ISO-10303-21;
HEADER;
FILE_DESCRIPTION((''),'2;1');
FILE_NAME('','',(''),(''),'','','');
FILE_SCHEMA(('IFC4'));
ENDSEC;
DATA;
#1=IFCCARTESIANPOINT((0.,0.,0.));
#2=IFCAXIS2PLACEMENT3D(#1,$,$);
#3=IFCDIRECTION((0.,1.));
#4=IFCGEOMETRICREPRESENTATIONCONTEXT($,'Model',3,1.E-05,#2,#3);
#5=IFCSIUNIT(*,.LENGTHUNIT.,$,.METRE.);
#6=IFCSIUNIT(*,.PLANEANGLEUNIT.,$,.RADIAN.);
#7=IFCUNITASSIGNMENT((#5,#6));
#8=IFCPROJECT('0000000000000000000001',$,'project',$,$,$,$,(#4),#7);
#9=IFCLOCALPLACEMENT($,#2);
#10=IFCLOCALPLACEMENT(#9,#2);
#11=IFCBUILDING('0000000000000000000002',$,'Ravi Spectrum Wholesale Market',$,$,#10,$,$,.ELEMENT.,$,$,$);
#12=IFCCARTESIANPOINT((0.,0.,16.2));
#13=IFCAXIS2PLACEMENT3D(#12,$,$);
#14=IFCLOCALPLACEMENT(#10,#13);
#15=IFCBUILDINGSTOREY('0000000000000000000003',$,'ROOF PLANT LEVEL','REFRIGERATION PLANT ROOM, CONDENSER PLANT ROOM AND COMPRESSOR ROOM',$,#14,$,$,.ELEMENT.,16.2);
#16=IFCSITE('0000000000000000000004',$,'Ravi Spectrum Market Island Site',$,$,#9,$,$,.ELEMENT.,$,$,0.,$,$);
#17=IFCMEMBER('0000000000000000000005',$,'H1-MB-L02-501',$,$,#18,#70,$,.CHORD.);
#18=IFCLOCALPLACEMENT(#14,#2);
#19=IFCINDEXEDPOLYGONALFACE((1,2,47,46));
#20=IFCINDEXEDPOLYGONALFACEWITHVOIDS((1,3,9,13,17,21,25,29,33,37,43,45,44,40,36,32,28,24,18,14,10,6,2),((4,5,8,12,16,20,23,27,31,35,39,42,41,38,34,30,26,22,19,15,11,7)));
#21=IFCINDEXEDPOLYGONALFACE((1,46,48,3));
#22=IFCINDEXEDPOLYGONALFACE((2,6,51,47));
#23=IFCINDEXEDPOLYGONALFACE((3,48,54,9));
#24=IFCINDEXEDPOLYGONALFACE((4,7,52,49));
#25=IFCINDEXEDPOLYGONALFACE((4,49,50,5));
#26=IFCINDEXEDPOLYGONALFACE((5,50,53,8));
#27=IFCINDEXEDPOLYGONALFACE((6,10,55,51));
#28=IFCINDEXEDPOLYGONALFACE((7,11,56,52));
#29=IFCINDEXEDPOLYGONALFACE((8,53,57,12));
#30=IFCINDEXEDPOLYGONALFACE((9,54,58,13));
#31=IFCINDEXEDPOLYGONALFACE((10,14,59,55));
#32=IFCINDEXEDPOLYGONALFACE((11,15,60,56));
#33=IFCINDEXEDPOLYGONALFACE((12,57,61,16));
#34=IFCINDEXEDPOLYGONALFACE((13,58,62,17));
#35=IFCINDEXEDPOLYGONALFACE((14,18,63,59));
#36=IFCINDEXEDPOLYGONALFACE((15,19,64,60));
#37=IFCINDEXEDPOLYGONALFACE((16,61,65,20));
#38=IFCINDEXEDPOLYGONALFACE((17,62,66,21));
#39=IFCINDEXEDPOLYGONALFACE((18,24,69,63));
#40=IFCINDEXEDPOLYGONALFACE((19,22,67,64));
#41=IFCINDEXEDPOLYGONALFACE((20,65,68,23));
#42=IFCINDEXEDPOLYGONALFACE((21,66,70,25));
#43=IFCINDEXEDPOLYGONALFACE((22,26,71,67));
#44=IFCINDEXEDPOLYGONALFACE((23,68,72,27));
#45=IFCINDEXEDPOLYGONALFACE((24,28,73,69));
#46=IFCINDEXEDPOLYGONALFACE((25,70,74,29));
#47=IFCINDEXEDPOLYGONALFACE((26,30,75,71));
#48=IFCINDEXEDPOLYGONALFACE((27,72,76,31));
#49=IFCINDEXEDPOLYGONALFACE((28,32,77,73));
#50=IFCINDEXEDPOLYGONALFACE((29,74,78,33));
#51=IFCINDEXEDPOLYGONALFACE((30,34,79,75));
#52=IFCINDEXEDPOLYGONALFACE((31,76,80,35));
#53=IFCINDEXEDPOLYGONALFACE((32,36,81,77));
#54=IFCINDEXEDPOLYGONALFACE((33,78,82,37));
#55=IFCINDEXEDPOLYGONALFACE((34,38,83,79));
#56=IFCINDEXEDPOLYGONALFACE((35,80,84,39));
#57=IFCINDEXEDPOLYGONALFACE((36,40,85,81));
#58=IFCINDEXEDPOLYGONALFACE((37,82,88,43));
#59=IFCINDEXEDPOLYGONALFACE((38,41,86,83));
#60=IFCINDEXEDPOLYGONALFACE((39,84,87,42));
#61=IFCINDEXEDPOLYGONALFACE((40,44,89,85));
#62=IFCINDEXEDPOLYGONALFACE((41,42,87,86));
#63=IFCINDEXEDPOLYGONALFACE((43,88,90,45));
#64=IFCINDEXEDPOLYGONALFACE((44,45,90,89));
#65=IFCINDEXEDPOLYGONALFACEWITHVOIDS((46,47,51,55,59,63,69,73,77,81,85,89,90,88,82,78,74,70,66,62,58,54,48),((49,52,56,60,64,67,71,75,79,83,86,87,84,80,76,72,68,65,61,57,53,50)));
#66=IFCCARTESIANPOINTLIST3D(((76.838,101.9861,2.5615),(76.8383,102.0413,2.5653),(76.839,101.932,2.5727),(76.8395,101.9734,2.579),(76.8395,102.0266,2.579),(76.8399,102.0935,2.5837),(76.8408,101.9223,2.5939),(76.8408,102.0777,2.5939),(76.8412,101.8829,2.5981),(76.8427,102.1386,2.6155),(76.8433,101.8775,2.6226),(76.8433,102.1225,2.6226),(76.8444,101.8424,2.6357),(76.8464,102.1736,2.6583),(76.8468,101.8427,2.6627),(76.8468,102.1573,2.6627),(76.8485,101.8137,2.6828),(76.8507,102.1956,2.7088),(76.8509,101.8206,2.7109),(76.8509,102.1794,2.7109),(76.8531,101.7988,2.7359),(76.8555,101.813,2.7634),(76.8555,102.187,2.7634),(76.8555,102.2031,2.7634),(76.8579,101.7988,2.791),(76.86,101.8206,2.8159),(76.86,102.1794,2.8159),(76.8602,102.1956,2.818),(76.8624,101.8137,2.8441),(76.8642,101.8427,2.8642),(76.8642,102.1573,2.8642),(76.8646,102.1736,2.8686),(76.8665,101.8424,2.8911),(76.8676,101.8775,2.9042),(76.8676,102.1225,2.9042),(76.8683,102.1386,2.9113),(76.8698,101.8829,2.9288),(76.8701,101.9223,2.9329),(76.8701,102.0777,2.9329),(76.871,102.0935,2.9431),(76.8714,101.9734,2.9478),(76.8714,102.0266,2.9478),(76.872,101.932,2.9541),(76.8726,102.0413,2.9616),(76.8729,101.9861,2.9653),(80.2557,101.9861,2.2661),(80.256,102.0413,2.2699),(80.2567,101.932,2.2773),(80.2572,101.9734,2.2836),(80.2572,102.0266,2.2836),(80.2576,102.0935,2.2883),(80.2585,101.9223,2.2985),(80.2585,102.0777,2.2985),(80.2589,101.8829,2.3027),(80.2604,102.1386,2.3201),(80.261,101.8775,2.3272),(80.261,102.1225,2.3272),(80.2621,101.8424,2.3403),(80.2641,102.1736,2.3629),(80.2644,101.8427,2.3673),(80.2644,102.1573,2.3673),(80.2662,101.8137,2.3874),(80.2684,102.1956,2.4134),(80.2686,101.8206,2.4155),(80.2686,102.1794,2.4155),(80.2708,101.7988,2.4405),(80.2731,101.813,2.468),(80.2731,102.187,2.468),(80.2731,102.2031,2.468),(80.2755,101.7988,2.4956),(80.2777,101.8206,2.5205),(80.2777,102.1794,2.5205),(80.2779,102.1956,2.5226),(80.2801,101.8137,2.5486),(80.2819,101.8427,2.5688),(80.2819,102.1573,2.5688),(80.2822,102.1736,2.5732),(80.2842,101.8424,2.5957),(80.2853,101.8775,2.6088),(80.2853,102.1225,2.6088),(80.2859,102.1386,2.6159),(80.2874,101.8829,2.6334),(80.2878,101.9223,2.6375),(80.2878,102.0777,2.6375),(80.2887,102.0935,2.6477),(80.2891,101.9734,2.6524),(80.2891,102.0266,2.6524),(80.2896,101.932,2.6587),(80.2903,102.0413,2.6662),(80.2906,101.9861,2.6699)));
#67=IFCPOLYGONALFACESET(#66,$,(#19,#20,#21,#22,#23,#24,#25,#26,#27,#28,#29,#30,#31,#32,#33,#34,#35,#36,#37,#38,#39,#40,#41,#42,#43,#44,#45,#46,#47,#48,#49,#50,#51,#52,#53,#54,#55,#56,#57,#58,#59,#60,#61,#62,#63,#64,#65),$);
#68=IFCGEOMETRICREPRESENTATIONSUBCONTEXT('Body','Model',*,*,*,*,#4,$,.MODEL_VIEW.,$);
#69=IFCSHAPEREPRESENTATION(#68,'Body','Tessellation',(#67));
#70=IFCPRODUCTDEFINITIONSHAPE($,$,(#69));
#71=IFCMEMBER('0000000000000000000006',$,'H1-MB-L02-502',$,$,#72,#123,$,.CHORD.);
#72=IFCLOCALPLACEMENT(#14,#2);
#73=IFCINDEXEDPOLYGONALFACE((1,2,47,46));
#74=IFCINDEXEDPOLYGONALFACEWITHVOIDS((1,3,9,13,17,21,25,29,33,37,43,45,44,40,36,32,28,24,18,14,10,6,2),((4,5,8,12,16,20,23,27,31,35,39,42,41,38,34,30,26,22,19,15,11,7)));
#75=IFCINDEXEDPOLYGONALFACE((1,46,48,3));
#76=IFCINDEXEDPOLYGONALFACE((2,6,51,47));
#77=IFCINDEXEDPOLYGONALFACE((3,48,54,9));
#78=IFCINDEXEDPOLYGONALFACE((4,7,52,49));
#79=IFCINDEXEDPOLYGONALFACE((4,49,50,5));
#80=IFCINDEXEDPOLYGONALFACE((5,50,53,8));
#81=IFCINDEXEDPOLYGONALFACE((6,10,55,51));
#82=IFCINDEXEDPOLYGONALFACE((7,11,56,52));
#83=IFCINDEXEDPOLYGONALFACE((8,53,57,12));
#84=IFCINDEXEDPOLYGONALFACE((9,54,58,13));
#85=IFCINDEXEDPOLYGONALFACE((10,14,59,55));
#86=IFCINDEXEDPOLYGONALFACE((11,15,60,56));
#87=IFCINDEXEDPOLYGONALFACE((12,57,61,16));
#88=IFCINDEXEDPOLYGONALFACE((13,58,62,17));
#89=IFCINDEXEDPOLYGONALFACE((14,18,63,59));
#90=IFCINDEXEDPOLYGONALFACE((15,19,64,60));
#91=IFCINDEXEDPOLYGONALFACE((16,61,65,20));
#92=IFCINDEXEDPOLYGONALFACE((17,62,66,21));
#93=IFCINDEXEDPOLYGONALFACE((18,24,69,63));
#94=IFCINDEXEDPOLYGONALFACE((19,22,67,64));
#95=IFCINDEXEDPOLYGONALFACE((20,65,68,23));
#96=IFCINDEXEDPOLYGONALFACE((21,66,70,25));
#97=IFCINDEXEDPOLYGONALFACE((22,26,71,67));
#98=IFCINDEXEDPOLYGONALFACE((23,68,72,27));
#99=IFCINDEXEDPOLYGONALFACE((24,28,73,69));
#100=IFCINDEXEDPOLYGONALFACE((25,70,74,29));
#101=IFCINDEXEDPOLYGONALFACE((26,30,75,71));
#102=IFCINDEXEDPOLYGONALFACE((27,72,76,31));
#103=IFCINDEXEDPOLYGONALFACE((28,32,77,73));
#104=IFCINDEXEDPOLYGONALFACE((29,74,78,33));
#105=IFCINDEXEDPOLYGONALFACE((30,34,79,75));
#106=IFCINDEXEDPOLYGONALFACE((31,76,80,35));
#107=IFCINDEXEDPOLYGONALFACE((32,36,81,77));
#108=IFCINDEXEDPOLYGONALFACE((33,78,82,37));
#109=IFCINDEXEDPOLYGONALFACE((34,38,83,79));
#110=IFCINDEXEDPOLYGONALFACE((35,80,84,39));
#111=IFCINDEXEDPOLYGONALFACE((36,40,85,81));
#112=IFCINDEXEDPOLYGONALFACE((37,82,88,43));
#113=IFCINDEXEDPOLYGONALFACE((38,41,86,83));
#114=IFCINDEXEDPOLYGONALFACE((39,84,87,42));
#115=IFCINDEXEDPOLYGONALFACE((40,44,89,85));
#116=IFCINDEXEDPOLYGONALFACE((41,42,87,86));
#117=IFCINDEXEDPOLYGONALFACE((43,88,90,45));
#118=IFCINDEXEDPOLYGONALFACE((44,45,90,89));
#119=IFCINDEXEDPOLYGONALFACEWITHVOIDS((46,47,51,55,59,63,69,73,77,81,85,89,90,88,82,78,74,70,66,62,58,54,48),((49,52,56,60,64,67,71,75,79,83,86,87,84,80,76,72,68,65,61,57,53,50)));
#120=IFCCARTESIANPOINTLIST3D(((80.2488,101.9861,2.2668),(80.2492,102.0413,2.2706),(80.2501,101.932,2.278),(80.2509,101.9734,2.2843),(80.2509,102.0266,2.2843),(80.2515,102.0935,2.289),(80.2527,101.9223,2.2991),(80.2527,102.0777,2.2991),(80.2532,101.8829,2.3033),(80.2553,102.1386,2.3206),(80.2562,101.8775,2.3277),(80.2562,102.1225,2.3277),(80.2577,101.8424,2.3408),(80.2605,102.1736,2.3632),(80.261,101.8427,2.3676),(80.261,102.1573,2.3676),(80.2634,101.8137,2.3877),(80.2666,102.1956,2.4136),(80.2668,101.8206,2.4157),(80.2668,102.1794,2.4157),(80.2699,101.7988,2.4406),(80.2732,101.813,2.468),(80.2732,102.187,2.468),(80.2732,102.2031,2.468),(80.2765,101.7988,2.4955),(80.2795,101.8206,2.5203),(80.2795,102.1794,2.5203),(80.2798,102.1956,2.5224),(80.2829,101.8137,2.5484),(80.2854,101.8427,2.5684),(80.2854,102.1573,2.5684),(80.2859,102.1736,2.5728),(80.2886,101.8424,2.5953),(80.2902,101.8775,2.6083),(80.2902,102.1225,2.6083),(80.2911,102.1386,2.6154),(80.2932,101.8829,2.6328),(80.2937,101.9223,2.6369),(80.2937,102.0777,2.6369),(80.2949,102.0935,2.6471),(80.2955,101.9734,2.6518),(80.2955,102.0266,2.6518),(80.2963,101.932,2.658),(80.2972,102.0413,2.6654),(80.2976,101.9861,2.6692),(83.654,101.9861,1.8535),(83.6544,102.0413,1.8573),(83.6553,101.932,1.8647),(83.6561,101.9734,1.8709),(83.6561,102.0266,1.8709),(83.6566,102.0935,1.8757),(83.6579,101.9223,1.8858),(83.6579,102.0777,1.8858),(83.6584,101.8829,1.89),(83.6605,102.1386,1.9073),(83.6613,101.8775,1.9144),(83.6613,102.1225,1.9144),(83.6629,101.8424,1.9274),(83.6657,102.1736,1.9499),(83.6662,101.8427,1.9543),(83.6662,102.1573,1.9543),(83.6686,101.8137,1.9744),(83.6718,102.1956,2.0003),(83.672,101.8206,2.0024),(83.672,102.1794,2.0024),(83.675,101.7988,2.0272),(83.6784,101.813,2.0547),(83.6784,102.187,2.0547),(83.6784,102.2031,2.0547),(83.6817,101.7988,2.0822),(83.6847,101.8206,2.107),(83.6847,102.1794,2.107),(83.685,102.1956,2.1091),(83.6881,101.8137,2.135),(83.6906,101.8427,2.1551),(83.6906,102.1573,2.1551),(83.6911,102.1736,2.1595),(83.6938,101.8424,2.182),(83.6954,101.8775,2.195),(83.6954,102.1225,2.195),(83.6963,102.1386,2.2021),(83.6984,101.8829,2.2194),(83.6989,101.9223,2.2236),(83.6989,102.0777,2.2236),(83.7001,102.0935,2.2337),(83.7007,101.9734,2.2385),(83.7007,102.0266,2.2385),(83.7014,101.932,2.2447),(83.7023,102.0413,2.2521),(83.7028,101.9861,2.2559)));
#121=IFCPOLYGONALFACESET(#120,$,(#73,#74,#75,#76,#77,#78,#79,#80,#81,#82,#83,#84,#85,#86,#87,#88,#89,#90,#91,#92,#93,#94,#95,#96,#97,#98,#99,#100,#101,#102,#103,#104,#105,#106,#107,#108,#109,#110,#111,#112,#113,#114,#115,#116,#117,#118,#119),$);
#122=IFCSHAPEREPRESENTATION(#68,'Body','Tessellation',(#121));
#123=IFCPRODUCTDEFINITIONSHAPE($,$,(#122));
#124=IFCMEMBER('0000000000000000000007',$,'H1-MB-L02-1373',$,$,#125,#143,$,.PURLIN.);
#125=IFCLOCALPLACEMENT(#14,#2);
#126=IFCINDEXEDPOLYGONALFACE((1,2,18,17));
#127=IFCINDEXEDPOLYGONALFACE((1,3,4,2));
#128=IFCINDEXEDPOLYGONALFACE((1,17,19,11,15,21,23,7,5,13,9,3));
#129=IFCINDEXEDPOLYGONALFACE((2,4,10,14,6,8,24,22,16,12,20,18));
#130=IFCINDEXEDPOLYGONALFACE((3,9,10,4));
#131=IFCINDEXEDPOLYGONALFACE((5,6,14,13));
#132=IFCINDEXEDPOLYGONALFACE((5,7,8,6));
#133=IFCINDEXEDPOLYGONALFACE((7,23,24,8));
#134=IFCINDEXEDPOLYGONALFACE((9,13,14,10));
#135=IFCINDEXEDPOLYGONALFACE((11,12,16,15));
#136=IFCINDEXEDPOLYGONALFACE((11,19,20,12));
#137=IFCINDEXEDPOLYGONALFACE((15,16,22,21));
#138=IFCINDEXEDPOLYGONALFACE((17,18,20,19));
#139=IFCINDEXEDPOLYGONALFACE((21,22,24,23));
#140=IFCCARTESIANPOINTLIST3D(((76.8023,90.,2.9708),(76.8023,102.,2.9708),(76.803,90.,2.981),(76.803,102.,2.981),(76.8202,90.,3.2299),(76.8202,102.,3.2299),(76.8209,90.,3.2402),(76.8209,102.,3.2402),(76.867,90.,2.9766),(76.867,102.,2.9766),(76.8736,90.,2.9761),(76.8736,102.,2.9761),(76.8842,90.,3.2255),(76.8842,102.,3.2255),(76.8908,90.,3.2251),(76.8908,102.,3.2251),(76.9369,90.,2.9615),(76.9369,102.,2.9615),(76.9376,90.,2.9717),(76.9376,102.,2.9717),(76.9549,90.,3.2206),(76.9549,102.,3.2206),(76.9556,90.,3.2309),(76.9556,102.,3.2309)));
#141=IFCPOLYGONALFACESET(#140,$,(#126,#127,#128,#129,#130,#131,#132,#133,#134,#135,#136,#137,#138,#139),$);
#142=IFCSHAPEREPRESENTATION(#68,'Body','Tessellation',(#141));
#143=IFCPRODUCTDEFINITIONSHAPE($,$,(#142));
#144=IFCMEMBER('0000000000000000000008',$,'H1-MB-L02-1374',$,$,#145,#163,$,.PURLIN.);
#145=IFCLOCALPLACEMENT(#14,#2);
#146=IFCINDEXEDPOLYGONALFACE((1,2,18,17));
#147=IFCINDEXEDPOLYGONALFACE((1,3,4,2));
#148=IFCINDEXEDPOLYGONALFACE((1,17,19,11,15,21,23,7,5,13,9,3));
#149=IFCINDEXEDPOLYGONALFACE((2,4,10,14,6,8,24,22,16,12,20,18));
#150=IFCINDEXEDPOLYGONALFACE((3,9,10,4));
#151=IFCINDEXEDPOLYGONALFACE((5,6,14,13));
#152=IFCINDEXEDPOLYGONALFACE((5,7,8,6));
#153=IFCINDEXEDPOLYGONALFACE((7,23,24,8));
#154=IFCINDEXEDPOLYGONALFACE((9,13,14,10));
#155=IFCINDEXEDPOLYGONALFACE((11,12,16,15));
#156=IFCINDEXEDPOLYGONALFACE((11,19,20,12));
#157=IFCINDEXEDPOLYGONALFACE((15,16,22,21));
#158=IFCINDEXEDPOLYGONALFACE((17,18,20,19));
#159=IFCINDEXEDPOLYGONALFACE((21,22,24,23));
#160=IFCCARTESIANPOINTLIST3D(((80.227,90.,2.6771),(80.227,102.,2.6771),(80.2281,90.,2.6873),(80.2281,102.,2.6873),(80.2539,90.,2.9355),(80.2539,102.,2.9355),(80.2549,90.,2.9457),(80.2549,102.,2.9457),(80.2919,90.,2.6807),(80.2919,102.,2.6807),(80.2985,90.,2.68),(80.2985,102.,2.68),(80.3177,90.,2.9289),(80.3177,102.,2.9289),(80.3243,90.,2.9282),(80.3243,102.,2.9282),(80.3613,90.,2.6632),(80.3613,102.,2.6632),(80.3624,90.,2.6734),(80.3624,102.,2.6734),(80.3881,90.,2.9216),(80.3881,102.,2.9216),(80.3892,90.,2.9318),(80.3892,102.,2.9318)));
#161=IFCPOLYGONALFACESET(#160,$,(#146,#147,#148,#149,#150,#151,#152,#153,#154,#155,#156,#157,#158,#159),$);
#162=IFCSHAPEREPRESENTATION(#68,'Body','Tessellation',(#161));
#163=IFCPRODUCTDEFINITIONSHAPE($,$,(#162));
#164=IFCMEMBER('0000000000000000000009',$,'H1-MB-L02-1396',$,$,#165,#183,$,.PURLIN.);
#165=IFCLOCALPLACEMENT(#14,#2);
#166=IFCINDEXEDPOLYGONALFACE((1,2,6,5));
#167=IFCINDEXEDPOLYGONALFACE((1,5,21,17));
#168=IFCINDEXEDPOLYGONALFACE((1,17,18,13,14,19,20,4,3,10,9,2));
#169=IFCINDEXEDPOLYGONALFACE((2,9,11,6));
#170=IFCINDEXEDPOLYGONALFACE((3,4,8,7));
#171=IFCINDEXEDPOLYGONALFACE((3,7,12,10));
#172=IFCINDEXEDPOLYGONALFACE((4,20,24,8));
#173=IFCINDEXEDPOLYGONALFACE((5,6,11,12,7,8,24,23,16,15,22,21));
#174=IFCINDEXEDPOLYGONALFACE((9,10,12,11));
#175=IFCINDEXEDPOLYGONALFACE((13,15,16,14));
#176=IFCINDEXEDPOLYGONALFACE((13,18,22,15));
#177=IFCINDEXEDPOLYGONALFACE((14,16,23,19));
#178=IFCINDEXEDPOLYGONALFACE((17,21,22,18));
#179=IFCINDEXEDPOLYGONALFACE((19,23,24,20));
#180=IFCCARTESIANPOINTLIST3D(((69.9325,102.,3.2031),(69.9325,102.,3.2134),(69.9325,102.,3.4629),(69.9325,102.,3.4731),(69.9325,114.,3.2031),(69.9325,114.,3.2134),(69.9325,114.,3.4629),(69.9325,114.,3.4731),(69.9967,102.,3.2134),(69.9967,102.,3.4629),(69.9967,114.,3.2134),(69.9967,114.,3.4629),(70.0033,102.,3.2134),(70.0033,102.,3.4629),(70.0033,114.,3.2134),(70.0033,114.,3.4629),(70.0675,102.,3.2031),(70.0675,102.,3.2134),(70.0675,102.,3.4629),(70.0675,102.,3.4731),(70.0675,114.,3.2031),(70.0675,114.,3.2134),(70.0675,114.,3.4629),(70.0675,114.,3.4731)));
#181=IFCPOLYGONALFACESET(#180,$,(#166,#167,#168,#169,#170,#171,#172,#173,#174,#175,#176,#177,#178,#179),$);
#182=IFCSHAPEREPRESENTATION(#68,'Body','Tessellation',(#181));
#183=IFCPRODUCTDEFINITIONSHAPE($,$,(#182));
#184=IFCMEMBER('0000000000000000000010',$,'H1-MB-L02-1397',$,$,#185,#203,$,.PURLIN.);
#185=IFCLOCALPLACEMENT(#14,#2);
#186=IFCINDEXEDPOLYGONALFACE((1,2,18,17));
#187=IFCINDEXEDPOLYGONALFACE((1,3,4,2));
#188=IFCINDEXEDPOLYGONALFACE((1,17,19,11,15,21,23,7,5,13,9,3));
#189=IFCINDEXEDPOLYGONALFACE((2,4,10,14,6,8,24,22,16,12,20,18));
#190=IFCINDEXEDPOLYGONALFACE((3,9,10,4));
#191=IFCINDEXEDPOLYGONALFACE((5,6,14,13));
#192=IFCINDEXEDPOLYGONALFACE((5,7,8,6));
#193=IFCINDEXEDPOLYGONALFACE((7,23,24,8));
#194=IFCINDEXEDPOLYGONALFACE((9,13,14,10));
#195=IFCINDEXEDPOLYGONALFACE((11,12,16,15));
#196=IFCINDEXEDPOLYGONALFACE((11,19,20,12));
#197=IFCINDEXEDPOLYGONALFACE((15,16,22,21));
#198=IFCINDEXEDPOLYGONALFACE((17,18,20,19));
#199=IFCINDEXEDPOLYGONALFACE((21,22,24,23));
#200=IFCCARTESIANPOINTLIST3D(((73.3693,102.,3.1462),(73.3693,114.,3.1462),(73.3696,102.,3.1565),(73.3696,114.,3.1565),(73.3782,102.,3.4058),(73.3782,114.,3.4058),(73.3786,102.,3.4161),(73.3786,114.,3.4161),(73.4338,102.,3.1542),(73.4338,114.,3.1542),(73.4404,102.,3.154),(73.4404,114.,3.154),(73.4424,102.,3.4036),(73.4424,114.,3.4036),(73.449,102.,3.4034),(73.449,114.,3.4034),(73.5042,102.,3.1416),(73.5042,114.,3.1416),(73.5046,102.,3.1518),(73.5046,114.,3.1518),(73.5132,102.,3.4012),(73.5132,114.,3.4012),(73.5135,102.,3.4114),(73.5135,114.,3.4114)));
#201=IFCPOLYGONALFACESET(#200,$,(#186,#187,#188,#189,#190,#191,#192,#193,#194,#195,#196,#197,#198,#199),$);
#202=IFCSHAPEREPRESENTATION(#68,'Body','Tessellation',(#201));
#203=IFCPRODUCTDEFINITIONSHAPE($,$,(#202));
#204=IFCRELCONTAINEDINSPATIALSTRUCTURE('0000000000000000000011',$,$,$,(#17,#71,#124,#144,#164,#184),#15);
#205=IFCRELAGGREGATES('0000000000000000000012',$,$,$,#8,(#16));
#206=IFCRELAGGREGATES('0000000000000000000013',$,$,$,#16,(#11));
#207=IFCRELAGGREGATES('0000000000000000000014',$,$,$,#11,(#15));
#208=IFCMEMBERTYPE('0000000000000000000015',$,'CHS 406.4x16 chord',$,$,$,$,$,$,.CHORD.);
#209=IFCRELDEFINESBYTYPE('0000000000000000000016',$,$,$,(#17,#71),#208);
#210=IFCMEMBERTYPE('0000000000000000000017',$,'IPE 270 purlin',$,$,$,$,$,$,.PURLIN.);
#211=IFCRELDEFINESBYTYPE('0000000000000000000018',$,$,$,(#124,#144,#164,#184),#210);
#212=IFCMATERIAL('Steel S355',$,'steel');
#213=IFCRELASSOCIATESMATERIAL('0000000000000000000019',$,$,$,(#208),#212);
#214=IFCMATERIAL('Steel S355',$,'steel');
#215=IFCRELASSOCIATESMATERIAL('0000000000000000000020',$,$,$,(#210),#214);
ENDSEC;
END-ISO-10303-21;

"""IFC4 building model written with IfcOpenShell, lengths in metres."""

from ifc_helpers import new_model, si_unit, direction, frame, origin, origin_2d, place, context, subcontext, project, spatial, hollow_circle, i_section, extrude, material, material_profile, profile_set, type_object, element, save


model = new_model("IFC4")

# Units and contexts
model_context = context("Model", 3, precision=1e-05, world=origin(), true_north=direction((0.0, 1.0)))
body_context = subcontext(model_context, "Body", "Model", "MODEL_VIEW")
ifc_project = project(units=[si_unit("LENGTHUNIT", "METRE"), si_unit("PLANEANGLEUNIT", "RADIAN")], contexts=[model_context])

# Site, building, storey
site_placement = place(None, origin())
site = spatial("IfcSite", under=ifc_project, at=site_placement, Name="Ravi Spectrum Market Island Site", CompositionType="ELEMENT", RefElevation=0.0)
building_placement = place(site_placement, origin())
building = spatial("IfcBuilding", under=site, at=building_placement, Name="Ravi Spectrum Wholesale Market", CompositionType="ELEMENT")
storey_placement = place(building_placement, frame((0.0, 0.0, 16.2)))
storey = spatial("IfcBuildingStorey", under=building, at=storey_placement, Name="ROOF PLANT LEVEL", Description="REFRIGERATION PLANT ROOM, CONDENSER PLANT ROOM AND COMPRESSOR ROOM", CompositionType="ELEMENT", Elevation=16.2)

# Members
ifc_material_1 = material(Name="Steel S355", Category="steel")
ifc_material_profile_1 = material_profile(ifc_material_1, hollow_circle(Radius=0.2031, WallThickness=0.0161, at=origin_2d()))
ifc_profile_set_1 = profile_set([ifc_material_profile_1], Name="Steel S355")
member_type_1 = type_object("IfcMemberType", Name="CHS 406.4x16 chord", PredefinedType="CHORD", material=ifc_profile_set_1)
for number, where, z_axis, x_axis, name in (
    (1, (76.8555, 102.0, 2.7634), (0.996285, 0.0, -0.086114), (0.0, 1.0, 0.0), "H1-MB-L02-501"),
):
    element("IfcMember", number, at=place(storey_placement, frame(where, z_axis=z_axis, x_axis=x_axis)), inside=storey, type_object=member_type_1, Name=name, PredefinedType="CHORD", context=body_context, shape_type="SweptSolid", body=[
        extrude(hollow_circle(Radius=0.2031, WallThickness=0.0161, at=origin_2d()), origin(), (0.0, 0.0, 1.0), 3.4304),
    ])
member_1_placement = place(storey_placement, frame((80.2732, 102.0, 2.468), z_axis=(0.992714, 0.0, -0.120495), x_axis=(0.0, 1.0, 0.0)))
element("IfcMember", 2, at=member_1_placement, inside=storey, type_object=member_type_1, Name="H1-MB-L02-502", PredefinedType="CHORD", context=body_context, shape_type="SweptSolid", body=[
    extrude(hollow_circle(Radius=0.2031, WallThickness=0.0161, at=origin_2d()), origin(), (0.0, 0.0, 1.0), 3.4302),
])
ifc_material_2 = material(Name="Steel S355", Category="steel")
ifc_material_profile_2 = material_profile(ifc_material_2, i_section(OverallWidth=0.135, OverallDepth=0.27, WebThickness=0.0066, FlangeThickness=0.0103, at=origin_2d()))
ifc_profile_set_2 = profile_set([ifc_material_profile_2], Name="Steel S355")
member_type_2 = type_object("IfcMemberType", Name="IPE 270 purlin", PredefinedType="PURLIN", material=ifc_profile_set_2)
for number, where, z_axis, x_axis, name in (
    (3, (76.8789, 90.0, 3.1008), (0.0, 1.0, 0.0), (-0.997621, 0.0, 0.068943), "H1-MB-L02-1373"),
    (4, (80.3081, 90.0, 2.8044), (0.0, 1.0, 0.0), (-0.994649, 0.0, 0.103311), "H1-MB-L02-1374"),
    (5, (70.0, 102.0, 3.3381), (0.0, 1.0, 0.0), (-1.0, 0.0, 0.0), "H1-MB-L02-1396"),
    (6, (73.4414, 102.0, 3.2788), (0.0, 1.0, 0.0), (-0.999405, 0.0, 0.034492), "H1-MB-L02-1397"),
):
    element("IfcMember", number, at=place(storey_placement, frame(where, z_axis=z_axis, x_axis=x_axis)), inside=storey, type_object=member_type_2, Name=name, PredefinedType="PURLIN", context=body_context, shape_type="SweptSolid", body=[
        extrude(i_section(OverallWidth=0.135, OverallDepth=0.27, WebThickness=0.0066, FlangeThickness=0.0103, at=origin_2d()), origin(), (0.0, 0.0, 1.0), 12.0),
    ])

save(model, "model.ifc")
